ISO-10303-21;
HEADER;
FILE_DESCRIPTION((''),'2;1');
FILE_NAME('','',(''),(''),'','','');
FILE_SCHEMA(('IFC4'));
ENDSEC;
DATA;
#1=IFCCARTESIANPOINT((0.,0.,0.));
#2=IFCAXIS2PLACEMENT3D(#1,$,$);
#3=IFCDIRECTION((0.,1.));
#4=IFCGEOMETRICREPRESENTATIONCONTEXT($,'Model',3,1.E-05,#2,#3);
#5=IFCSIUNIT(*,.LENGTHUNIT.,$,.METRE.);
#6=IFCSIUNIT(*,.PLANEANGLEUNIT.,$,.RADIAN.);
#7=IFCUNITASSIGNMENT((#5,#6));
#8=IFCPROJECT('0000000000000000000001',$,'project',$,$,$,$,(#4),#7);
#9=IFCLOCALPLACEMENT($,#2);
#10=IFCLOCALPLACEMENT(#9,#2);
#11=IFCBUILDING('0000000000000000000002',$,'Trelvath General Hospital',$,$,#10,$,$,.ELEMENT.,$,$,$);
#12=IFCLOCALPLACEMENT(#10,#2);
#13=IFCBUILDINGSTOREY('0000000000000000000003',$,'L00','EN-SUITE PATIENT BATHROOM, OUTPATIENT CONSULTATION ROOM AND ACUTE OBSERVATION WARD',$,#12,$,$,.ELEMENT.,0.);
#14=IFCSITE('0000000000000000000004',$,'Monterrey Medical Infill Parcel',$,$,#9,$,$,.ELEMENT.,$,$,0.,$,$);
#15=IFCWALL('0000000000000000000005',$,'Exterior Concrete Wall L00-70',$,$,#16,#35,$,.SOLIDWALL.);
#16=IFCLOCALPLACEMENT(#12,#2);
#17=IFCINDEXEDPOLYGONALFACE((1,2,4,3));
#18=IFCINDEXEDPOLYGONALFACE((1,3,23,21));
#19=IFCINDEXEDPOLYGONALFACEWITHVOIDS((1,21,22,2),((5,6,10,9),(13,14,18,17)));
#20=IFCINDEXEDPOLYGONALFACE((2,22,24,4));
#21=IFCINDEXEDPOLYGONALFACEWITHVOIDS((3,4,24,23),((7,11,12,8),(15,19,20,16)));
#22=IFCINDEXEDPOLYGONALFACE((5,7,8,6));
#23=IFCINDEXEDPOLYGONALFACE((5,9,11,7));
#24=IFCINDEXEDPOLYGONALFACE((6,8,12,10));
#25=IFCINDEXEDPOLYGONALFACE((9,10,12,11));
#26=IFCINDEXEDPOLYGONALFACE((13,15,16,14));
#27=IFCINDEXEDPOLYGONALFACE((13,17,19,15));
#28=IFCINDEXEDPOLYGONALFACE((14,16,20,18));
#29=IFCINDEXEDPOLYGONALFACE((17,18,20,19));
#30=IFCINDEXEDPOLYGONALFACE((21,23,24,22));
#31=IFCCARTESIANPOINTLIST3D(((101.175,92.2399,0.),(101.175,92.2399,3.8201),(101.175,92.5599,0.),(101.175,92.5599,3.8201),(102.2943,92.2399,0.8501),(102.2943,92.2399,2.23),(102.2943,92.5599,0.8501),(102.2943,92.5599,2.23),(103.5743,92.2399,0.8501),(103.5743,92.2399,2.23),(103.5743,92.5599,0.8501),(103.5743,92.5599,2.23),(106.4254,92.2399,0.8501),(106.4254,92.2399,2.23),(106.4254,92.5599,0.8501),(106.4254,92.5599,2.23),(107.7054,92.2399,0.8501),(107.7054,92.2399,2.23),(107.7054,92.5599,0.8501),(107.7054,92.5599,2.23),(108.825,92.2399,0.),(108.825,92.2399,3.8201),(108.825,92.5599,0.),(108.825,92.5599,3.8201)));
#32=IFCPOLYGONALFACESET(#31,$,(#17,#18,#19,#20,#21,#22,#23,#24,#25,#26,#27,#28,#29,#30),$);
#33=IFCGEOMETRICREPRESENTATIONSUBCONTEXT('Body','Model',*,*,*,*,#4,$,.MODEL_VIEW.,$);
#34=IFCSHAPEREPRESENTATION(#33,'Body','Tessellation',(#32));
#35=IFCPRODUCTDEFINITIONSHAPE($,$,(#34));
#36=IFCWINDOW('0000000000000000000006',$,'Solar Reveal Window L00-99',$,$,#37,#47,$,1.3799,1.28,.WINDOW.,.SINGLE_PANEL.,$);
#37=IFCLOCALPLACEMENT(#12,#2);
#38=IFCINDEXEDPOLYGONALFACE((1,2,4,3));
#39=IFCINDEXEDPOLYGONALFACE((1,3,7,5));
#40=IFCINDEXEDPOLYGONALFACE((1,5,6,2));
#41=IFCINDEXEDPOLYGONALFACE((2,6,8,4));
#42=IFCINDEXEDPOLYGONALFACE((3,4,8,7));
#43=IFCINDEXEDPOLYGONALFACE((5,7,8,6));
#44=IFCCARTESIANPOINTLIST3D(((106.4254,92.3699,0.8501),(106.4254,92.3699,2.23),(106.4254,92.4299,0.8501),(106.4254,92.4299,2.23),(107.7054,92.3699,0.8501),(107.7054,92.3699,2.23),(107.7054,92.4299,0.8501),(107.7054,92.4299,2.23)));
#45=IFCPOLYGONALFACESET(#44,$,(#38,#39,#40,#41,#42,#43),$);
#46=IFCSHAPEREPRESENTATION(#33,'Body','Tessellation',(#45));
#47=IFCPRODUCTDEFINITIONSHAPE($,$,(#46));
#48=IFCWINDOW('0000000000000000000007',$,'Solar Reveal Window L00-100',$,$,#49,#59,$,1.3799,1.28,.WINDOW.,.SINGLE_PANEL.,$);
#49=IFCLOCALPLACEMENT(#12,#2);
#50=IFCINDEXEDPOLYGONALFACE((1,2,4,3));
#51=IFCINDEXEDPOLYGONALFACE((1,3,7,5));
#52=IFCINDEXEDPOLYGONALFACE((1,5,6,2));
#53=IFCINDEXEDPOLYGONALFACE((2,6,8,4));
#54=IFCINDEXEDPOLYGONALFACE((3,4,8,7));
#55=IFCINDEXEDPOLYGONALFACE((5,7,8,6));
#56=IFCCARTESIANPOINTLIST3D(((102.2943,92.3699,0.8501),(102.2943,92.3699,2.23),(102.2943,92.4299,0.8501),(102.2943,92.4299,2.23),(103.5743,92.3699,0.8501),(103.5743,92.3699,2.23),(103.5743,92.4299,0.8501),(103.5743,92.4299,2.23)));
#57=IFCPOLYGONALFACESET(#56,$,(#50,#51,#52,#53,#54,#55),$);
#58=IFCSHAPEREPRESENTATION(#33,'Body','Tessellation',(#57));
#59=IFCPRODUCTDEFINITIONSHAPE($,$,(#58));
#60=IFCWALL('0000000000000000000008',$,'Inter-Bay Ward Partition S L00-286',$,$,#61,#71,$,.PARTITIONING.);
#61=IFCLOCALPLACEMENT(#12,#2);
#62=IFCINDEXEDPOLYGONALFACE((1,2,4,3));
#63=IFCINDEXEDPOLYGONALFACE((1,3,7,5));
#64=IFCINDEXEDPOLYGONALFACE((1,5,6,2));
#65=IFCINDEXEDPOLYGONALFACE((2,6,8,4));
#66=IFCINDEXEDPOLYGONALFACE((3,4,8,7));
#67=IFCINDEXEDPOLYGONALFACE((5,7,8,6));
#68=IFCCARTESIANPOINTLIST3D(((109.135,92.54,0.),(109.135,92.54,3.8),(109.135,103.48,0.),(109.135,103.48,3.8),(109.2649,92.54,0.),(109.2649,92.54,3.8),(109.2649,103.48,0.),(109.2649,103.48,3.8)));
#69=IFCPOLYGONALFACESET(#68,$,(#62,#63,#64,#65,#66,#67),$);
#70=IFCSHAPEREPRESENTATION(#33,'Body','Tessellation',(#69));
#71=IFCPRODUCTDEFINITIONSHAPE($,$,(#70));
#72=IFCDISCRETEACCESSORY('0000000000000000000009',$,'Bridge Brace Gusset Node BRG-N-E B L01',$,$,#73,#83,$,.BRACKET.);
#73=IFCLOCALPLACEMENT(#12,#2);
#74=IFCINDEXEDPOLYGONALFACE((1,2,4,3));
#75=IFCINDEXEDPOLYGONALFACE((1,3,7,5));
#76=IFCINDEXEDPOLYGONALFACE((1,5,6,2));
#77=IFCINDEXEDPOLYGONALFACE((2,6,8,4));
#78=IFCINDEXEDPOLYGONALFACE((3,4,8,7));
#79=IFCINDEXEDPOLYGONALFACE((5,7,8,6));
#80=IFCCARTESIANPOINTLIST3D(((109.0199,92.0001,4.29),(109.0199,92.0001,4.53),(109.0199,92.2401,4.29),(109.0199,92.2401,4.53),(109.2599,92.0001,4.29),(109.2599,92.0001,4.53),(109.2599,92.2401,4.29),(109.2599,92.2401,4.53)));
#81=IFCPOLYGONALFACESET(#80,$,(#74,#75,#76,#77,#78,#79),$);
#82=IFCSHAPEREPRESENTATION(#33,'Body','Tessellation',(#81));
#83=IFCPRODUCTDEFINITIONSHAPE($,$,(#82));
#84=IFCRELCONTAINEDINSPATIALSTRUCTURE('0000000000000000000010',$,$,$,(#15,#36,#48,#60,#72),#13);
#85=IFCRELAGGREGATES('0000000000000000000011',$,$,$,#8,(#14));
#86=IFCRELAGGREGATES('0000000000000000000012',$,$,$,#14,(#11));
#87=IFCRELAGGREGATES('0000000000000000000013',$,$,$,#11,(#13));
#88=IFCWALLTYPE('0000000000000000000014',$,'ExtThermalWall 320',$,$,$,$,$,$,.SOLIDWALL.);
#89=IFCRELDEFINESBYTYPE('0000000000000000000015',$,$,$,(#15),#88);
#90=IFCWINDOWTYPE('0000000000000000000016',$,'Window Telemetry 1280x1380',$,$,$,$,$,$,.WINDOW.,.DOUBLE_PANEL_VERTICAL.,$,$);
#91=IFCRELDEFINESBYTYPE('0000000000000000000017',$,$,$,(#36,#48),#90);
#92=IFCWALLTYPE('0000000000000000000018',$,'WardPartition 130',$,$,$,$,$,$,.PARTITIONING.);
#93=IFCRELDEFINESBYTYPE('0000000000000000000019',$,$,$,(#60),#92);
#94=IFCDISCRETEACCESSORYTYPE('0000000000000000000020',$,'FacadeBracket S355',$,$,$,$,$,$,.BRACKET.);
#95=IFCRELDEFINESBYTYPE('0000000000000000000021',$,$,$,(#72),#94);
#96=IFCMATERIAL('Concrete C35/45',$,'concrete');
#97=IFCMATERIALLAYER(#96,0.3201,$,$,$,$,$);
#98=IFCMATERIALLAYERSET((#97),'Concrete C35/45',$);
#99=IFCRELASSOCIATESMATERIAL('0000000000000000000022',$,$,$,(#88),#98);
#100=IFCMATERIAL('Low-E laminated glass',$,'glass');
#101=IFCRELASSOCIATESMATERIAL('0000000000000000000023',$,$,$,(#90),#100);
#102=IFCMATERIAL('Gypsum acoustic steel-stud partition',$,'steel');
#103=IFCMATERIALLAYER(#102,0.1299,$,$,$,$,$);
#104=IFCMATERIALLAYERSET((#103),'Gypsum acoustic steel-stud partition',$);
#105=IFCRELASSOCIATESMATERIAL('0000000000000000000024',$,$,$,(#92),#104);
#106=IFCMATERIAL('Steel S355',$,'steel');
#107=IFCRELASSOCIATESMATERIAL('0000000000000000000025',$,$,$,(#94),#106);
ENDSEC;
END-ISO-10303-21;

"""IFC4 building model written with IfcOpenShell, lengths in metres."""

from ifc_helpers import new_model, si_unit, direction, frame, frame_2d, origin, origin_2d, place, context, subcontext, project, spatial, rectangle, extrude, material, layer, layer_set, type_object, element, fill, save


model = new_model("IFC4")

# Units and contexts
model_context = context("Model", 3, precision=1e-05, world=origin(), true_north=direction((0.0, 1.0)))
body_context = subcontext(model_context, "Body", "Model", "MODEL_VIEW")
ifc_project = project(units=[si_unit("LENGTHUNIT", "METRE"), si_unit("PLANEANGLEUNIT", "RADIAN")], contexts=[model_context])

# Site, building, storey
site_placement = place(None, origin())
site = spatial("IfcSite", under=ifc_project, at=site_placement, Name="Monterrey Medical Infill Parcel", CompositionType="ELEMENT", RefElevation=0.0)
building_placement = place(site_placement, origin())
building = spatial("IfcBuilding", under=site, at=building_placement, Name="Trelvath General Hospital", CompositionType="ELEMENT")
storey_placement = place(building_placement, origin())
storey = spatial("IfcBuildingStorey", under=building, at=storey_placement, Name="L00", Description="EN-SUITE PATIENT BATHROOM, OUTPATIENT CONSULTATION ROOM AND ACUTE OBSERVATION WARD", CompositionType="ELEMENT", Elevation=0.0)

# Wall, openings, windows
ifc_material_1 = material(Name="Concrete C35/45", Category="concrete")
ifc_layer_1 = layer(ifc_material_1, 0.3201)
ifc_layer_set_1 = layer_set([ifc_layer_1], Name="Concrete C35/45")
wall_type_1 = type_object("IfcWallType", Name="ExtThermalWall 320", PredefinedType="SOLIDWALL", material=ifc_layer_set_1)
wall_1_placement = place(storey_placement, frame((108.825, 92.3999, 0.0), z_axis=(0.0, 0.0, 1.0), x_axis=(-1.0, 0.0, 0.0)))
wall_1 = element("IfcWall", 1, at=wall_1_placement, inside=storey, type_object=wall_type_1, Name="Exterior Concrete Wall L00-70", PredefinedType="SOLIDWALL", context=body_context, shape_type="SweptSolid", body=[
    extrude(rectangle(XDim=7.6499, YDim=0.3201, at=frame_2d((3.825, 0.0))), origin(), (0.0, 0.0, 1.0), 3.8201),
])
opening_1_placement = place(wall_1_placement, frame((1.1194, 0.0, 0.8501)))
opening_1 = element("IfcOpeningElement", 2, at=opening_1_placement, cuts=wall_1, PredefinedType="OPENING", context=body_context, shape_type="SweptSolid", body=[
    extrude(rectangle(XDim=1.28, YDim=1.3799, at=frame_2d((0.6401, 0.6899))), frame((0.0, 0.1699, 0.0), z_axis=(0.0, -1.0, 0.0), x_axis=(1.0, 0.0, 0.0)), (0.0, 0.0, 1.0), 0.3401),
])
opening_2_placement = place(wall_1_placement, frame((5.2505, 0.0, 0.8501)))
opening_2 = element("IfcOpeningElement", 3, at=opening_2_placement, cuts=wall_1, PredefinedType="OPENING", context=body_context, shape_type="SweptSolid", body=[
    extrude(rectangle(XDim=1.28, YDim=1.3799, at=frame_2d((0.6401, 0.6899))), frame((0.0, 0.1699, 0.0), z_axis=(0.0, -1.0, 0.0), x_axis=(1.0, 0.0, 0.0)), (0.0, 0.0, 1.0), 0.3401),
])
ifc_material_2 = material(Name="Low-E laminated glass", Category="glass")
window_type = type_object("IfcWindowType", Name="Window Telemetry 1280x1380", PartitioningType="DOUBLE_PANEL_VERTICAL", PredefinedType="WINDOW", material=ifc_material_2)
window_1_placement = place(opening_1_placement, origin())
window_1 = element("IfcWindow", 4, at=window_1_placement, inside=storey, type_object=window_type, Name="Solar Reveal Window L00-99", OverallHeight=1.3799, OverallWidth=1.28, PartitioningType="SINGLE_PANEL", PredefinedType="WINDOW", context=body_context, shape_type="SweptSolid", body=[
    extrude(rectangle(XDim=1.28, YDim=1.3799, at=frame_2d((0.6401, 0.6899))), frame((0.0, 0.03, 0.0), z_axis=(0.0, -1.0, 0.0), x_axis=(1.0, 0.0, 0.0)), (0.0, 0.0, 1.0), 0.0601),
])
fill(opening_1, window_1)
window_2_placement = place(opening_2_placement, origin())
window_2 = element("IfcWindow", 5, at=window_2_placement, inside=storey, type_object=window_type, Name="Solar Reveal Window L00-100", OverallHeight=1.3799, OverallWidth=1.28, PartitioningType="SINGLE_PANEL", PredefinedType="WINDOW", context=body_context, shape_type="SweptSolid", body=[
    extrude(rectangle(XDim=1.28, YDim=1.3799, at=frame_2d((0.6401, 0.6899))), frame((0.0, 0.03, 0.0), z_axis=(0.0, -1.0, 0.0), x_axis=(1.0, 0.0, 0.0)), (0.0, 0.0, 1.0), 0.0601),
])
fill(opening_2, window_2)

# Wall
ifc_material_3 = material(Name="Gypsum acoustic steel-stud partition", Category="steel")
ifc_layer_2 = layer(ifc_material_3, 0.1299)
ifc_layer_set_2 = layer_set([ifc_layer_2], Name="Gypsum acoustic steel-stud partition")
wall_type_2 = type_object("IfcWallType", Name="WardPartition 130", PredefinedType="PARTITIONING", material=ifc_layer_set_2)
wall_2_placement = place(storey_placement, frame((109.2, 92.54, 0.0), z_axis=(0.0, 0.0, 1.0), x_axis=(0.0, 1.0, 0.0)))
element("IfcWall", 6, at=wall_2_placement, inside=storey, type_object=wall_type_2, Name="Inter-Bay Ward Partition S L00-286", PredefinedType="PARTITIONING", context=body_context, shape_type="SweptSolid", body=[
    extrude(rectangle(XDim=10.9399, YDim=0.1299, at=frame_2d((5.47, 0.0))), origin(), (0.0, 0.0, 1.0), 3.8),
])

# Discrete accessory
ifc_material_4 = material(Name="Steel S355", Category="steel")
discrete_accessory_type = type_object("IfcDiscreteAccessoryType", Name="FacadeBracket S355", PredefinedType="BRACKET", material=ifc_material_4)
discrete_accessory_placement = place(storey_placement, frame((109.1399, 92.1201, 4.29), z_axis=(0.0, 0.0, 1.0), x_axis=(1.0, 0.0, 0.0)))
element("IfcDiscreteAccessory", 7, at=discrete_accessory_placement, inside=storey, type_object=discrete_accessory_type, Name="Bridge Brace Gusset Node BRG-N-E B L01", PredefinedType="BRACKET", context=body_context, shape_type="SweptSolid", body=[
    extrude(rectangle(XDim=0.24, YDim=0.24, at=origin_2d()), origin(), (0.0, 0.0, 1.0), 0.24),
])

save(model, "model.ifc")
